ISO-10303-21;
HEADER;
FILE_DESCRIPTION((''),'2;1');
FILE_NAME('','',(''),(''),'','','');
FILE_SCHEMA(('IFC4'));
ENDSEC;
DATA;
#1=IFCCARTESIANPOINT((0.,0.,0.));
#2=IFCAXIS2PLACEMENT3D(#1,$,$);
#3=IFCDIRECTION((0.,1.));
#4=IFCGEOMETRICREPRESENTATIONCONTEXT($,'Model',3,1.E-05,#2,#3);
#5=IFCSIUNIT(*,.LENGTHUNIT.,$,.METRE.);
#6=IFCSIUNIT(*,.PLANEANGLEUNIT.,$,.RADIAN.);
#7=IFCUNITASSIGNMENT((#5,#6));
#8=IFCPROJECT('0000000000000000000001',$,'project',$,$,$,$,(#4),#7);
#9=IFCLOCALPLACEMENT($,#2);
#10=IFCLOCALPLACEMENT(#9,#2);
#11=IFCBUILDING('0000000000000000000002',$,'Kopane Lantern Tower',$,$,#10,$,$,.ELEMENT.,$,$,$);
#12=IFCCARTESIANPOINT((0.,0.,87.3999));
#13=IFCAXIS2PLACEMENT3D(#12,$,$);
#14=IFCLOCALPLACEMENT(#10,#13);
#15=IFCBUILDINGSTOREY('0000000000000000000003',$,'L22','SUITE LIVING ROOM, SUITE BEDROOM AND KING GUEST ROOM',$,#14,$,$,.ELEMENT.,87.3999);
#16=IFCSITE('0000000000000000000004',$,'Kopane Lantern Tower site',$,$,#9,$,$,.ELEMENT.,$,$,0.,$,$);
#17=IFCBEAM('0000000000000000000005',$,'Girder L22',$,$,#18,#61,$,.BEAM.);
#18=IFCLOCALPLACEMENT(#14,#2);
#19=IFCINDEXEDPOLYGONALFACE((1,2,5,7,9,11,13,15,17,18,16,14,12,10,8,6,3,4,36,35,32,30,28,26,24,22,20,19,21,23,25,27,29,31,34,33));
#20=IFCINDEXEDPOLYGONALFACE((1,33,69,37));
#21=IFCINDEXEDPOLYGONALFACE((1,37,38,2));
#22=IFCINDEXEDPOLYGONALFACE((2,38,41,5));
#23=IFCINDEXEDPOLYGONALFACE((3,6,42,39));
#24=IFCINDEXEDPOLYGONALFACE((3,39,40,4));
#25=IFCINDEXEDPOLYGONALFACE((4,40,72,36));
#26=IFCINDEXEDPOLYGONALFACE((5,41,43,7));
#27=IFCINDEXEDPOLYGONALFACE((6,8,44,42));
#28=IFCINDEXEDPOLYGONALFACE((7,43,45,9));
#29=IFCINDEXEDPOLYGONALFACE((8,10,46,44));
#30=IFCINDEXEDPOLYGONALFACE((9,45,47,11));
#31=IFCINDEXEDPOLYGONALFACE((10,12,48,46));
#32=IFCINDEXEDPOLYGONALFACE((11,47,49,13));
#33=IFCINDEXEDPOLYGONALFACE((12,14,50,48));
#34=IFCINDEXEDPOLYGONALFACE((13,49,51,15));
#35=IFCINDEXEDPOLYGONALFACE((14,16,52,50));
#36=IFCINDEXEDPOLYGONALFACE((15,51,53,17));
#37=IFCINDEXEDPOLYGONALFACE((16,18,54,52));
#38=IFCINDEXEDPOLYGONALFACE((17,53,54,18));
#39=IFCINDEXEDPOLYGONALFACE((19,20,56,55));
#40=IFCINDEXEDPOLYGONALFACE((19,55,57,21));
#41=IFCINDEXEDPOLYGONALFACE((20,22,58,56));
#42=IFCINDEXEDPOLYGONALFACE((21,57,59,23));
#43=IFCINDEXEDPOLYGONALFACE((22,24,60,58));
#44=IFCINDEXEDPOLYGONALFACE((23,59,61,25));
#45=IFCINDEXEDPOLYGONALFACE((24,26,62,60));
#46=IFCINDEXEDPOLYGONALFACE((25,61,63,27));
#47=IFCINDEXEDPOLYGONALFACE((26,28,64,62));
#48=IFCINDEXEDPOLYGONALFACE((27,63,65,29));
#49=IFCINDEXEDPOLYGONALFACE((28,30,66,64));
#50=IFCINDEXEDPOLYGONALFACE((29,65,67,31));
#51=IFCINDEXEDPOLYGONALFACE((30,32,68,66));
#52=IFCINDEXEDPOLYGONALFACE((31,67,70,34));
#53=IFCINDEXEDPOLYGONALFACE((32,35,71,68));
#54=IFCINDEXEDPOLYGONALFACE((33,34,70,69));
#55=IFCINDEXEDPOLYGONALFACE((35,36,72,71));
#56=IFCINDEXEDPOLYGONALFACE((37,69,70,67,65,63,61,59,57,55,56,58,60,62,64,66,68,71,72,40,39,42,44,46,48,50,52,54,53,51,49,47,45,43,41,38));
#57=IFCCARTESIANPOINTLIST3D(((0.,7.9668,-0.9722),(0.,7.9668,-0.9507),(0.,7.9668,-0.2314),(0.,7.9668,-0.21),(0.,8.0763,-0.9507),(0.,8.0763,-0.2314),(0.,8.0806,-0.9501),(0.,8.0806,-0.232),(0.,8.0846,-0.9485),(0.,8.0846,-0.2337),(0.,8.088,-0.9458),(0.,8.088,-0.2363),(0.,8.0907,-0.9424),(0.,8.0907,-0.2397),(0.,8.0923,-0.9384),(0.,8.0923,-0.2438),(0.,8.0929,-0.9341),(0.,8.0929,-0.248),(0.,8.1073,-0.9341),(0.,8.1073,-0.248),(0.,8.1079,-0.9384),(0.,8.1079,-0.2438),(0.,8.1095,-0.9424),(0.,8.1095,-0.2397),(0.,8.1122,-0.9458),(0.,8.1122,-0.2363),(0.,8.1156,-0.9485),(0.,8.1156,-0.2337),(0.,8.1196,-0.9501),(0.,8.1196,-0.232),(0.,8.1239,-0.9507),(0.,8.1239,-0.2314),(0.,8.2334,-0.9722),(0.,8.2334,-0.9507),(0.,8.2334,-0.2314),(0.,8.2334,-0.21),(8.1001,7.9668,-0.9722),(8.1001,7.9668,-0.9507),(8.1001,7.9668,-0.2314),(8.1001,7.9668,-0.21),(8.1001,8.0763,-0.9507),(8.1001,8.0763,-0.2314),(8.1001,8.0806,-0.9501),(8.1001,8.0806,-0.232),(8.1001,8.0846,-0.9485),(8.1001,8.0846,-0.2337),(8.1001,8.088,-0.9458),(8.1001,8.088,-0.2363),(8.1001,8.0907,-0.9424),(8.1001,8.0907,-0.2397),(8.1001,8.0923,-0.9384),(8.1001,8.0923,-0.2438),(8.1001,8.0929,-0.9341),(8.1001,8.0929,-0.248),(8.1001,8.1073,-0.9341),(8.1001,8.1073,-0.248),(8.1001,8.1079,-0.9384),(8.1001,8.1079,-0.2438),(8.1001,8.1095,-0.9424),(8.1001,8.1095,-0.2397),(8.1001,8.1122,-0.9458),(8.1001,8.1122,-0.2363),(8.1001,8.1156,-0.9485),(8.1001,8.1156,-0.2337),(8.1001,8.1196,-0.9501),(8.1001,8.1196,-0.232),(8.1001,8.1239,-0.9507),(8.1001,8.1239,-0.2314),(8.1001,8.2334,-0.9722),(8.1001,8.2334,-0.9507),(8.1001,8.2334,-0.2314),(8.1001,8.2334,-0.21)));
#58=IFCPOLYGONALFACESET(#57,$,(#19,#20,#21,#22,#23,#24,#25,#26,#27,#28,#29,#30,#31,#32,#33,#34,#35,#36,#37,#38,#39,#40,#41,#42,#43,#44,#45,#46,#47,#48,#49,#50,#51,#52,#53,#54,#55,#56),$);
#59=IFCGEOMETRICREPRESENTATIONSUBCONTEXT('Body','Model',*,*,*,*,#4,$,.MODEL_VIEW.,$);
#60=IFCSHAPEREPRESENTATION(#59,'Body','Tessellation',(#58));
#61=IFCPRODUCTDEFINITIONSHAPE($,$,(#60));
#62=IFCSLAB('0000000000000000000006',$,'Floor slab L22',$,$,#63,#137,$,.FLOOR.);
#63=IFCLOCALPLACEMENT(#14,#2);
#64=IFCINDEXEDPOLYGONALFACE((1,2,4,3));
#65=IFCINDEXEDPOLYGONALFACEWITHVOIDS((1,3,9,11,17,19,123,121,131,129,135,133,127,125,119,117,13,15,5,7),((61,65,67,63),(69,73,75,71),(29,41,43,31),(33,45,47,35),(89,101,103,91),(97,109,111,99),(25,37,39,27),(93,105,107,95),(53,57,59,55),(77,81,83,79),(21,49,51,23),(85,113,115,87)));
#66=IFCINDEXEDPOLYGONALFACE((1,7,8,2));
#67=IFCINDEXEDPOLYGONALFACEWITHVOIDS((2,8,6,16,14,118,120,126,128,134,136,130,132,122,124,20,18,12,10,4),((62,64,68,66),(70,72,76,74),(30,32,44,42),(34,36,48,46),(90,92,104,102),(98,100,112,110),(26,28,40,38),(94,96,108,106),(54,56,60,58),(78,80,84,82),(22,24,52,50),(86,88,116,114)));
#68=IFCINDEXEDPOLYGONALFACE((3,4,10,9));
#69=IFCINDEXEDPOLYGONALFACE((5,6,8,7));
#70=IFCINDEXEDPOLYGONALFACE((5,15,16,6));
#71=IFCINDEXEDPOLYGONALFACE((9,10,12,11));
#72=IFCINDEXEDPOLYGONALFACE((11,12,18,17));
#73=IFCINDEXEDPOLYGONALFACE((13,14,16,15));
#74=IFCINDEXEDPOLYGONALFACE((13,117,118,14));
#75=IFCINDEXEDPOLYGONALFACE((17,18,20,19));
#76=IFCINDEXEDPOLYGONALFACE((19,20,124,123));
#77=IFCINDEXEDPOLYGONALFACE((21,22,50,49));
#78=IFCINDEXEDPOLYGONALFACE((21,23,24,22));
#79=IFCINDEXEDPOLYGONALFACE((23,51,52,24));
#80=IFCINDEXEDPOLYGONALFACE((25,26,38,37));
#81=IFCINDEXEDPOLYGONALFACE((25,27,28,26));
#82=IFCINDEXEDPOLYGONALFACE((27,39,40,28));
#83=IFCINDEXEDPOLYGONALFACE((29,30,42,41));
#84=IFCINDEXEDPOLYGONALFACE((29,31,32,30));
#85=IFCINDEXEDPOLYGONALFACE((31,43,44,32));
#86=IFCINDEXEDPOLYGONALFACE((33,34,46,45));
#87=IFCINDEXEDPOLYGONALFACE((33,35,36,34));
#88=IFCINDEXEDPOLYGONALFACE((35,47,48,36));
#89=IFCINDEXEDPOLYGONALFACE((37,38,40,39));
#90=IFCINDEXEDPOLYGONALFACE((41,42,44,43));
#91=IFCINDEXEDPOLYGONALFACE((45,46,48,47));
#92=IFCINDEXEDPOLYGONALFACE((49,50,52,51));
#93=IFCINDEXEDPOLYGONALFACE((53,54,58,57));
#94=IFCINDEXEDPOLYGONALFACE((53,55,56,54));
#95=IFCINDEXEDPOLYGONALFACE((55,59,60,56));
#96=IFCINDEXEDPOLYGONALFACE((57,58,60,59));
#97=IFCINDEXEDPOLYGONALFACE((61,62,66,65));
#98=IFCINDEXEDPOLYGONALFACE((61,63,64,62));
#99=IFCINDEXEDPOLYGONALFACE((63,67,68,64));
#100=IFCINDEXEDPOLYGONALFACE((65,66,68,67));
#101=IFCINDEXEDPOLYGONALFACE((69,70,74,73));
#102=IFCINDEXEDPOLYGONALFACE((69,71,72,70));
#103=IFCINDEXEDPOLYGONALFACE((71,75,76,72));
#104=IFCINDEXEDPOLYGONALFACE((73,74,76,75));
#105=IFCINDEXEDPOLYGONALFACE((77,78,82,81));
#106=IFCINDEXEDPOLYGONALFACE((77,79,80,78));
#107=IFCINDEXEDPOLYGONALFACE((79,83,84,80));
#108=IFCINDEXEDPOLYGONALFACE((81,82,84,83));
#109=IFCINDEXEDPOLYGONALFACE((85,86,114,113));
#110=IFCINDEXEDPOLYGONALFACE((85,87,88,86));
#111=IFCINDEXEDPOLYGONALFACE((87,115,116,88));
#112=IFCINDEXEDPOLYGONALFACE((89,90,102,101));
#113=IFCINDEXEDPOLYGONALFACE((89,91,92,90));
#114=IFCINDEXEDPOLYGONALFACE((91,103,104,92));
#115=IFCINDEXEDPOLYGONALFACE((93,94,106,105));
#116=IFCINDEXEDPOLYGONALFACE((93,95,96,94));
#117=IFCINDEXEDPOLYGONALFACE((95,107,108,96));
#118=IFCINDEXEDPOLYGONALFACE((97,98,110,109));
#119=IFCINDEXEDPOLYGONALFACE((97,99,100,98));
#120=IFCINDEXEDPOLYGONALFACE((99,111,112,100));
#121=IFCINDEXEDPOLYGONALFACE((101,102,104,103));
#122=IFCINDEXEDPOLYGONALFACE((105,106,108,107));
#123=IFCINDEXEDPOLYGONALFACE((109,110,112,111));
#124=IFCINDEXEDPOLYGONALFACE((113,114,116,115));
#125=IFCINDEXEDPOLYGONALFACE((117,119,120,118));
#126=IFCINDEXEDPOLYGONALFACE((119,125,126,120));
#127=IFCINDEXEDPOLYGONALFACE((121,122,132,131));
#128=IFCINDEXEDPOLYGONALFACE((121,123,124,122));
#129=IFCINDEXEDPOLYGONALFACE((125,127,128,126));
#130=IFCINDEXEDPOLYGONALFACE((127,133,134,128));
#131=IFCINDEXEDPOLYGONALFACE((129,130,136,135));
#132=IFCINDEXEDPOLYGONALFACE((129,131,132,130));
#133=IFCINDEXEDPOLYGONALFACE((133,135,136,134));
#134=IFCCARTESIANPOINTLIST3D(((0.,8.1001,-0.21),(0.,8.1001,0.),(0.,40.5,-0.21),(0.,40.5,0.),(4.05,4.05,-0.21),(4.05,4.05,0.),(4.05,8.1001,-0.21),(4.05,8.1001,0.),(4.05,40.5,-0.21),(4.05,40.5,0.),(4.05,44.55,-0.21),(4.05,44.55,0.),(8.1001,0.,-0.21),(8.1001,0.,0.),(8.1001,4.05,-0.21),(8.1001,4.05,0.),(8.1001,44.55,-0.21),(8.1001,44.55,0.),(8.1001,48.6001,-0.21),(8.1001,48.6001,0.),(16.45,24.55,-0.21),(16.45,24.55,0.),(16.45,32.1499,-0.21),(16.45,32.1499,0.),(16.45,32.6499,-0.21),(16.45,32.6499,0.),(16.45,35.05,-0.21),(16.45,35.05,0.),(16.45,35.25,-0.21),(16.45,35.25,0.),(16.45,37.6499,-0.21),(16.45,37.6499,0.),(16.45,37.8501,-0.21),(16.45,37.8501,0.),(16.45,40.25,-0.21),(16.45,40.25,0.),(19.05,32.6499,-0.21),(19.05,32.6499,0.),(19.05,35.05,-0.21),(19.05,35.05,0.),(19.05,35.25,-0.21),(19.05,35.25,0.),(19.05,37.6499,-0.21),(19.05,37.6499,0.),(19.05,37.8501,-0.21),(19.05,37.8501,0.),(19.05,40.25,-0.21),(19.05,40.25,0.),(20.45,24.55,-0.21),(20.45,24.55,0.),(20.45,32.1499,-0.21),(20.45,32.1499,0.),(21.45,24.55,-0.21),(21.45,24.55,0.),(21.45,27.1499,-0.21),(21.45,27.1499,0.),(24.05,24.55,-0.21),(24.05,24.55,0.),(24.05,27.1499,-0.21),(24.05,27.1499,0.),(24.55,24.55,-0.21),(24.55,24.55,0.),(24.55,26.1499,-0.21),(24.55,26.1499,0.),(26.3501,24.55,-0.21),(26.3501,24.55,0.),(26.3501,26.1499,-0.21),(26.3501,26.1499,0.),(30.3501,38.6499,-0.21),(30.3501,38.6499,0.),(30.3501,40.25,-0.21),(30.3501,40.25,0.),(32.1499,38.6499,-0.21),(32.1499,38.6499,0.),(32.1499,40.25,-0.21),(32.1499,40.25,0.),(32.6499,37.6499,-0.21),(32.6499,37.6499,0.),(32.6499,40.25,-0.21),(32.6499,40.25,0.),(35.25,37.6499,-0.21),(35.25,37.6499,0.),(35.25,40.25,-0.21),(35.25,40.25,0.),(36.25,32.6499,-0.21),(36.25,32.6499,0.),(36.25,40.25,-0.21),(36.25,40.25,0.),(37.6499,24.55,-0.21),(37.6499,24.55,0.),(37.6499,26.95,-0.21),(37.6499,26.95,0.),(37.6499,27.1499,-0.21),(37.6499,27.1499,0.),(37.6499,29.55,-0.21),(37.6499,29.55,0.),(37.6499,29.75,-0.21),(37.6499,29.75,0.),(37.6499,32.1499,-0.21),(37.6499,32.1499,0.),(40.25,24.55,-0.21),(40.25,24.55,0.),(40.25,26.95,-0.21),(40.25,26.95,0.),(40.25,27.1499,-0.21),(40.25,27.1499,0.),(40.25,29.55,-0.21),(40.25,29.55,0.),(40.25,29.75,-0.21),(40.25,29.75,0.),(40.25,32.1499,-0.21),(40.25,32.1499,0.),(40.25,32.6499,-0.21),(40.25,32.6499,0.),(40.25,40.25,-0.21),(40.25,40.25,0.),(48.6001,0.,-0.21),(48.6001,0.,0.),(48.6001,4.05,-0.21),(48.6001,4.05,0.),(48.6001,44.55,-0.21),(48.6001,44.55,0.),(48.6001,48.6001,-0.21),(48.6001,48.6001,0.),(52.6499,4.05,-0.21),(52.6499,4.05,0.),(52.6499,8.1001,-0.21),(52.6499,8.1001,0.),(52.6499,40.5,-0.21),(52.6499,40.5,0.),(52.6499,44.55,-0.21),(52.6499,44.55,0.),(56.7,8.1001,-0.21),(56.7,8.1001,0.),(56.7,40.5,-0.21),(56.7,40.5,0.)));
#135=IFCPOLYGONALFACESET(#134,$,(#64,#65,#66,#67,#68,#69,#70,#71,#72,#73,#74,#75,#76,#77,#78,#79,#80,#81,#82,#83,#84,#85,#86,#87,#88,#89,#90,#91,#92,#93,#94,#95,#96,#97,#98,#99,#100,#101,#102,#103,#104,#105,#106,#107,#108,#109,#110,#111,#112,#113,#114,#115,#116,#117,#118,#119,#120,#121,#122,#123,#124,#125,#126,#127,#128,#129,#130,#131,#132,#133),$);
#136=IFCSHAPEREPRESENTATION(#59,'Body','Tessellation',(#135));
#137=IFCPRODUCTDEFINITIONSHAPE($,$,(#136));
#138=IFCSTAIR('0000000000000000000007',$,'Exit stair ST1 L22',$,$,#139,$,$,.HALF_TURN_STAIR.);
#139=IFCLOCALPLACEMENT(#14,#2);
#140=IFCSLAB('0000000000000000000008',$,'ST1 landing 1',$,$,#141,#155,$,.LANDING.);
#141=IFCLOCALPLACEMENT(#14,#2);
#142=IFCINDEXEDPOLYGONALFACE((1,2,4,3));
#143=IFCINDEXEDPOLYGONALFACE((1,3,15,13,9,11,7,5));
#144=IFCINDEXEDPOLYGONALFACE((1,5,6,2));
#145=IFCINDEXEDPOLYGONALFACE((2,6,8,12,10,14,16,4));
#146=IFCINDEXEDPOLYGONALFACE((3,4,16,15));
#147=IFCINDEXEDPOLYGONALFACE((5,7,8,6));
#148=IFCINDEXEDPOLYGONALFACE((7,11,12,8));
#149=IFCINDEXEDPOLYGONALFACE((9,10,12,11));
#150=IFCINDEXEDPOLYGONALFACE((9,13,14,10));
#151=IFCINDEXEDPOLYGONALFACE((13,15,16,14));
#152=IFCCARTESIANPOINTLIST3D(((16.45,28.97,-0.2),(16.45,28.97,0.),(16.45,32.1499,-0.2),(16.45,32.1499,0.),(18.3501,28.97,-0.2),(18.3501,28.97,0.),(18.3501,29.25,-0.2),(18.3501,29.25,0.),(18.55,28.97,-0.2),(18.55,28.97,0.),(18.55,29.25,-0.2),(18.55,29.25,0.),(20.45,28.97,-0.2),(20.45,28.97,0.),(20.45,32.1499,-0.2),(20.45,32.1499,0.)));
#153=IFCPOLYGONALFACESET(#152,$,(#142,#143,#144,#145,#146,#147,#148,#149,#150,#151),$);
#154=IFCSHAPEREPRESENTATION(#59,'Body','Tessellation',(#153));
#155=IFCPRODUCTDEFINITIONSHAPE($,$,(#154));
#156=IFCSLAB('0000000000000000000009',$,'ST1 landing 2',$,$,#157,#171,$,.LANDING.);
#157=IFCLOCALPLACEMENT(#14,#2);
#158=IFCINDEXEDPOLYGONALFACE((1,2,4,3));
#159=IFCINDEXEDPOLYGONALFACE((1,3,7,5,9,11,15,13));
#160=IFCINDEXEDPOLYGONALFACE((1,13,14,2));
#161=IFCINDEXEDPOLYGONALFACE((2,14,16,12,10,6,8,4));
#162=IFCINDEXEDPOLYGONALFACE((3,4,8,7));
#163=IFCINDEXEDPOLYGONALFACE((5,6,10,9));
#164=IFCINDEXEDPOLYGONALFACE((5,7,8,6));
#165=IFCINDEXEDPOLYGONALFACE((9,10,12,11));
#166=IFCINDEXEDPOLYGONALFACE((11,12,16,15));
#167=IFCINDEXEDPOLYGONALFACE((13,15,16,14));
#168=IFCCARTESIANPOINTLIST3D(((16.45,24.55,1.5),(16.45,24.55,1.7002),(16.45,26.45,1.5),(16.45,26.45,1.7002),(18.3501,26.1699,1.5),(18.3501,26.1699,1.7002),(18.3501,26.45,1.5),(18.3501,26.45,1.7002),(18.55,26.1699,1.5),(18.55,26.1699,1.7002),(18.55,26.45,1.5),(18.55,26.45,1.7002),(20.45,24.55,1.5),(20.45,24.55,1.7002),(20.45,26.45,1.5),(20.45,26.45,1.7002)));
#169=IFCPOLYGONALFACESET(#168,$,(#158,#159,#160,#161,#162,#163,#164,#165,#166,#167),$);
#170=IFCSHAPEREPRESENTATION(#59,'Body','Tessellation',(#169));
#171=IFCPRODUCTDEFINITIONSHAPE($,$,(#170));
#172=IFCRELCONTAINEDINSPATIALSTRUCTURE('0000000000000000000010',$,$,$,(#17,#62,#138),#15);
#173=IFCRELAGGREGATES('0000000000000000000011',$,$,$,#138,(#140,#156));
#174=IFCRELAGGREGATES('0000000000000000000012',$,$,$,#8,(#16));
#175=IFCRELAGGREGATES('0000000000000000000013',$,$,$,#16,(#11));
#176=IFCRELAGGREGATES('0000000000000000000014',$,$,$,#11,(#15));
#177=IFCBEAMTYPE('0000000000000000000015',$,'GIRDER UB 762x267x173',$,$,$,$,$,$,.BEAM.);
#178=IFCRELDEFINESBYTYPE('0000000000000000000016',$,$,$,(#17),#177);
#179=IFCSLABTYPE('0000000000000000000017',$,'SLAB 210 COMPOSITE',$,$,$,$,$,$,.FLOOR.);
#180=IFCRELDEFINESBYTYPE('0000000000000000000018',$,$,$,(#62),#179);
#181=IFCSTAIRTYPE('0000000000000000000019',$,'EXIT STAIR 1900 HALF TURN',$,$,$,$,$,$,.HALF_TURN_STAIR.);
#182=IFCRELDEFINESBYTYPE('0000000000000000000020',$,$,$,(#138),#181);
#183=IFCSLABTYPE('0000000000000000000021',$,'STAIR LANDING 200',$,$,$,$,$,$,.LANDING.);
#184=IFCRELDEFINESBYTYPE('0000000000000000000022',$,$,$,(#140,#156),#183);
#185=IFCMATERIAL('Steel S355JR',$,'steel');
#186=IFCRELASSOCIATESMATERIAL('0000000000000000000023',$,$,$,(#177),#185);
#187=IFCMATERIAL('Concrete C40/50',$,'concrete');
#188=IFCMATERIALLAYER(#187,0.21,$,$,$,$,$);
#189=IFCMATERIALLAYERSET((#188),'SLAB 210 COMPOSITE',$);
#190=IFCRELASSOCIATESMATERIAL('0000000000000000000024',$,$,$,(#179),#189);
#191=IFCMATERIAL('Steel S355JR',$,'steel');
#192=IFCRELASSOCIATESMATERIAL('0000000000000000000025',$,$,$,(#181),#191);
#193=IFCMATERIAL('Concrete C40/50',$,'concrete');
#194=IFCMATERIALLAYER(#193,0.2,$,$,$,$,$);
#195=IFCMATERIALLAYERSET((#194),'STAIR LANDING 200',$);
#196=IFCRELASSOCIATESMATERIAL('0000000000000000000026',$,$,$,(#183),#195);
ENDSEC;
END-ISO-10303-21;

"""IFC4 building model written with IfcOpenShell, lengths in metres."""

from ifc_helpers import new_model, si_unit, direction, frame, origin, origin_2d, place, context, subcontext, project, spatial, polyline, i_section, outline, extrude, material, layer, layer_set, material_profile, profile_set, type_object, element, aggregate, save


model = new_model("IFC4")

# Units and contexts
model_context = context("Model", 3, precision=1e-05, world=origin(), true_north=direction((0.0, 1.0)))
body_context = subcontext(model_context, "Body", "Model", "MODEL_VIEW")
ifc_project = project(units=[si_unit("LENGTHUNIT", "METRE"), si_unit("PLANEANGLEUNIT", "RADIAN")], contexts=[model_context])

# Site, building, storey
site_placement = place(None, origin())
site = spatial("IfcSite", under=ifc_project, at=site_placement, Name="Kopane Lantern Tower site", CompositionType="ELEMENT", RefElevation=0.0)
building_placement = place(site_placement, origin())
building = spatial("IfcBuilding", under=site, at=building_placement, Name="Kopane Lantern Tower", CompositionType="ELEMENT")
storey_placement = place(building_placement, frame((0.0, 0.0, 87.3999)))
storey = spatial("IfcBuildingStorey", under=building, at=storey_placement, Name="L22", Description="SUITE LIVING ROOM, SUITE BEDROOM AND KING GUEST ROOM", CompositionType="ELEMENT", Elevation=87.3999)

# Beam
ifc_material_1 = material(Name="Steel S355JR", Category="steel")
ifc_material_profile_1 = material_profile(ifc_material_1, i_section(OverallWidth=0.2666, OverallDepth=0.7622, WebThickness=0.0144, FlangeThickness=0.0215, FilletRadius=0.0166, at=origin_2d()), Name="UB 762x267x173")
ifc_profile_set_1 = profile_set([ifc_material_profile_1], Name="Steel S355JR")
beam_type_1 = type_object("IfcBeamType", Name="GIRDER UB 762x267x173", PredefinedType="BEAM", material=ifc_profile_set_1)
beam_1_placement = place(storey_placement, frame((0.0, 8.1001, -0.5911), z_axis=(1.0, 0.0, 0.0), x_axis=(0.0, 1.0, 0.0)))
element("IfcBeam", 1, at=beam_1_placement, inside=storey, type_object=beam_type_1, Name="Girder L22", PredefinedType="BEAM", context=body_context, shape_type="SweptSolid", body=[
    extrude(i_section(OverallWidth=0.2666, OverallDepth=0.7622, WebThickness=0.0144, FlangeThickness=0.0215, FilletRadius=0.0166, at=origin_2d()), origin(), (0.0, 0.0, 1.0), 8.1001),
])

# Slab
ifc_material_2 = material(Name="Concrete C40/50", Category="concrete")
ifc_layer_1 = layer(ifc_material_2, 0.21)
ifc_layer_set_1 = layer_set([ifc_layer_1], Name="SLAB 210 COMPOSITE")
slab_type_1 = type_object("IfcSlabType", Name="SLAB 210 COMPOSITE", PredefinedType="FLOOR", material=ifc_layer_set_1)
slab_1_placement = place(storey_placement, frame((0.0, 0.0, -0.21)))
element("IfcSlab", 2, at=slab_1_placement, inside=storey, type_object=slab_type_1, Name="Floor slab L22", PredefinedType="FLOOR", context=body_context, shape_type="SweptSolid", body=[
    extrude(outline(polyline([(8.1001, 0.0), (48.6001, 0.0), (48.6001, 4.05), (52.6499, 4.05), (52.6499, 8.1001), (56.7, 8.1001), (56.7, 40.5), (52.6499, 40.5), (52.6499, 44.55), (48.6001, 44.55), (48.6001, 48.6001), (8.1001, 48.6001), (8.1001, 44.55), (4.05, 44.55), (4.05, 40.5), (0.0, 40.5), (0.0, 8.1001), (4.05, 8.1001), (4.05, 4.05), (8.1001, 4.05), (8.1001, 0.0)]), holes=[polyline([(16.45, 24.55), (20.45, 24.55), (20.45, 32.1499), (16.45, 32.1499), (16.45, 24.55)]), polyline([(36.25, 32.6499), (40.25, 32.6499), (40.25, 40.25), (36.25, 40.25), (36.25, 32.6499)]), polyline([(16.45, 32.6499), (19.05, 32.6499), (19.05, 35.05), (16.45, 35.05), (16.45, 32.6499)]), polyline([(16.45, 35.25), (19.05, 35.25), (19.05, 37.6499), (16.45, 37.6499), (16.45, 35.25)]), polyline([(16.45, 37.8501), (19.05, 37.8501), (19.05, 40.25), (16.45, 40.25), (16.45, 37.8501)]), polyline([(37.6499, 24.55), (40.25, 24.55), (40.25, 26.95), (37.6499, 26.95), (37.6499, 24.55)]), polyline([(37.6499, 27.1499), (40.25, 27.1499), (40.25, 29.55), (37.6499, 29.55), (37.6499, 27.1499)]), polyline([(37.6499, 29.75), (40.25, 29.75), (40.25, 32.1499), (37.6499, 32.1499), (37.6499, 29.75)]), polyline([(21.45, 24.55), (24.05, 24.55), (24.05, 27.1499), (21.45, 27.1499), (21.45, 24.55)]), polyline([(32.6499, 37.6499), (35.25, 37.6499), (35.25, 40.25), (32.6499, 40.25), (32.6499, 37.6499)]), polyline([(24.55, 24.55), (26.3501, 24.55), (26.3501, 26.1499), (24.55, 26.1499), (24.55, 24.55)]), polyline([(30.3501, 38.6499), (32.1499, 38.6499), (32.1499, 40.25), (30.3501, 40.25), (30.3501, 38.6499)])]), origin(), (0.0, 0.0, 1.0), 0.21),
])

# Stair, slabs
ifc_material_3 = material(Name="Steel S355JR", Category="steel")
stair_type = type_object("IfcStairType", Name="EXIT STAIR 1900 HALF TURN", PredefinedType="HALF_TURN_STAIR", material=ifc_material_3)
stair_1_placement = place(storey_placement, origin())
stair_1 = element("IfcStair", 3, at=stair_1_placement, inside=storey, type_object=stair_type, Name="Exit stair ST1 L22", PredefinedType="HALF_TURN_STAIR")
ifc_material_4 = material(Name="Concrete C40/50", Category="concrete")
ifc_layer_2 = layer(ifc_material_4, 0.2)
ifc_layer_set_2 = layer_set([ifc_layer_2], Name="STAIR LANDING 200")
slab_type_2 = type_object("IfcSlabType", Name="STAIR LANDING 200", PredefinedType="LANDING", material=ifc_layer_set_2)
slab_2_placement = place(storey_placement, frame((0.0, 0.0, -0.2)))
slab_2 = element("IfcSlab", 4, at=slab_2_placement, type_object=slab_type_2, Name="ST1 landing 1", PredefinedType="LANDING", context=body_context, shape_type="SweptSolid", body=[
    extrude(outline(polyline([(18.3501, 29.25), (18.55, 29.25), (18.55, 28.97), (20.45, 28.97), (20.45, 32.1499), (16.45, 32.1499), (16.45, 28.97), (18.3501, 28.97), (18.3501, 29.25)])), origin(), (0.0, 0.0, 1.0), 0.2),
])
slab_3_placement = place(storey_placement, frame((0.0, 0.0, 1.5)))
slab_3 = element("IfcSlab", 5, at=slab_3_placement, type_object=slab_type_2, Name="ST1 landing 2", PredefinedType="LANDING", context=body_context, shape_type="SweptSolid", body=[
    extrude(outline(polyline([(20.45, 26.45), (18.55, 26.45), (18.55, 26.1699), (18.3501, 26.1699), (18.3501, 26.45), (16.45, 26.45), (16.45, 24.55), (20.45, 24.55), (20.45, 26.45)])), origin(), (0.0, 0.0, 1.0), 0.2002),
])
aggregate(stair_1, [slab_2, slab_3])

save(model, "model.ifc")
